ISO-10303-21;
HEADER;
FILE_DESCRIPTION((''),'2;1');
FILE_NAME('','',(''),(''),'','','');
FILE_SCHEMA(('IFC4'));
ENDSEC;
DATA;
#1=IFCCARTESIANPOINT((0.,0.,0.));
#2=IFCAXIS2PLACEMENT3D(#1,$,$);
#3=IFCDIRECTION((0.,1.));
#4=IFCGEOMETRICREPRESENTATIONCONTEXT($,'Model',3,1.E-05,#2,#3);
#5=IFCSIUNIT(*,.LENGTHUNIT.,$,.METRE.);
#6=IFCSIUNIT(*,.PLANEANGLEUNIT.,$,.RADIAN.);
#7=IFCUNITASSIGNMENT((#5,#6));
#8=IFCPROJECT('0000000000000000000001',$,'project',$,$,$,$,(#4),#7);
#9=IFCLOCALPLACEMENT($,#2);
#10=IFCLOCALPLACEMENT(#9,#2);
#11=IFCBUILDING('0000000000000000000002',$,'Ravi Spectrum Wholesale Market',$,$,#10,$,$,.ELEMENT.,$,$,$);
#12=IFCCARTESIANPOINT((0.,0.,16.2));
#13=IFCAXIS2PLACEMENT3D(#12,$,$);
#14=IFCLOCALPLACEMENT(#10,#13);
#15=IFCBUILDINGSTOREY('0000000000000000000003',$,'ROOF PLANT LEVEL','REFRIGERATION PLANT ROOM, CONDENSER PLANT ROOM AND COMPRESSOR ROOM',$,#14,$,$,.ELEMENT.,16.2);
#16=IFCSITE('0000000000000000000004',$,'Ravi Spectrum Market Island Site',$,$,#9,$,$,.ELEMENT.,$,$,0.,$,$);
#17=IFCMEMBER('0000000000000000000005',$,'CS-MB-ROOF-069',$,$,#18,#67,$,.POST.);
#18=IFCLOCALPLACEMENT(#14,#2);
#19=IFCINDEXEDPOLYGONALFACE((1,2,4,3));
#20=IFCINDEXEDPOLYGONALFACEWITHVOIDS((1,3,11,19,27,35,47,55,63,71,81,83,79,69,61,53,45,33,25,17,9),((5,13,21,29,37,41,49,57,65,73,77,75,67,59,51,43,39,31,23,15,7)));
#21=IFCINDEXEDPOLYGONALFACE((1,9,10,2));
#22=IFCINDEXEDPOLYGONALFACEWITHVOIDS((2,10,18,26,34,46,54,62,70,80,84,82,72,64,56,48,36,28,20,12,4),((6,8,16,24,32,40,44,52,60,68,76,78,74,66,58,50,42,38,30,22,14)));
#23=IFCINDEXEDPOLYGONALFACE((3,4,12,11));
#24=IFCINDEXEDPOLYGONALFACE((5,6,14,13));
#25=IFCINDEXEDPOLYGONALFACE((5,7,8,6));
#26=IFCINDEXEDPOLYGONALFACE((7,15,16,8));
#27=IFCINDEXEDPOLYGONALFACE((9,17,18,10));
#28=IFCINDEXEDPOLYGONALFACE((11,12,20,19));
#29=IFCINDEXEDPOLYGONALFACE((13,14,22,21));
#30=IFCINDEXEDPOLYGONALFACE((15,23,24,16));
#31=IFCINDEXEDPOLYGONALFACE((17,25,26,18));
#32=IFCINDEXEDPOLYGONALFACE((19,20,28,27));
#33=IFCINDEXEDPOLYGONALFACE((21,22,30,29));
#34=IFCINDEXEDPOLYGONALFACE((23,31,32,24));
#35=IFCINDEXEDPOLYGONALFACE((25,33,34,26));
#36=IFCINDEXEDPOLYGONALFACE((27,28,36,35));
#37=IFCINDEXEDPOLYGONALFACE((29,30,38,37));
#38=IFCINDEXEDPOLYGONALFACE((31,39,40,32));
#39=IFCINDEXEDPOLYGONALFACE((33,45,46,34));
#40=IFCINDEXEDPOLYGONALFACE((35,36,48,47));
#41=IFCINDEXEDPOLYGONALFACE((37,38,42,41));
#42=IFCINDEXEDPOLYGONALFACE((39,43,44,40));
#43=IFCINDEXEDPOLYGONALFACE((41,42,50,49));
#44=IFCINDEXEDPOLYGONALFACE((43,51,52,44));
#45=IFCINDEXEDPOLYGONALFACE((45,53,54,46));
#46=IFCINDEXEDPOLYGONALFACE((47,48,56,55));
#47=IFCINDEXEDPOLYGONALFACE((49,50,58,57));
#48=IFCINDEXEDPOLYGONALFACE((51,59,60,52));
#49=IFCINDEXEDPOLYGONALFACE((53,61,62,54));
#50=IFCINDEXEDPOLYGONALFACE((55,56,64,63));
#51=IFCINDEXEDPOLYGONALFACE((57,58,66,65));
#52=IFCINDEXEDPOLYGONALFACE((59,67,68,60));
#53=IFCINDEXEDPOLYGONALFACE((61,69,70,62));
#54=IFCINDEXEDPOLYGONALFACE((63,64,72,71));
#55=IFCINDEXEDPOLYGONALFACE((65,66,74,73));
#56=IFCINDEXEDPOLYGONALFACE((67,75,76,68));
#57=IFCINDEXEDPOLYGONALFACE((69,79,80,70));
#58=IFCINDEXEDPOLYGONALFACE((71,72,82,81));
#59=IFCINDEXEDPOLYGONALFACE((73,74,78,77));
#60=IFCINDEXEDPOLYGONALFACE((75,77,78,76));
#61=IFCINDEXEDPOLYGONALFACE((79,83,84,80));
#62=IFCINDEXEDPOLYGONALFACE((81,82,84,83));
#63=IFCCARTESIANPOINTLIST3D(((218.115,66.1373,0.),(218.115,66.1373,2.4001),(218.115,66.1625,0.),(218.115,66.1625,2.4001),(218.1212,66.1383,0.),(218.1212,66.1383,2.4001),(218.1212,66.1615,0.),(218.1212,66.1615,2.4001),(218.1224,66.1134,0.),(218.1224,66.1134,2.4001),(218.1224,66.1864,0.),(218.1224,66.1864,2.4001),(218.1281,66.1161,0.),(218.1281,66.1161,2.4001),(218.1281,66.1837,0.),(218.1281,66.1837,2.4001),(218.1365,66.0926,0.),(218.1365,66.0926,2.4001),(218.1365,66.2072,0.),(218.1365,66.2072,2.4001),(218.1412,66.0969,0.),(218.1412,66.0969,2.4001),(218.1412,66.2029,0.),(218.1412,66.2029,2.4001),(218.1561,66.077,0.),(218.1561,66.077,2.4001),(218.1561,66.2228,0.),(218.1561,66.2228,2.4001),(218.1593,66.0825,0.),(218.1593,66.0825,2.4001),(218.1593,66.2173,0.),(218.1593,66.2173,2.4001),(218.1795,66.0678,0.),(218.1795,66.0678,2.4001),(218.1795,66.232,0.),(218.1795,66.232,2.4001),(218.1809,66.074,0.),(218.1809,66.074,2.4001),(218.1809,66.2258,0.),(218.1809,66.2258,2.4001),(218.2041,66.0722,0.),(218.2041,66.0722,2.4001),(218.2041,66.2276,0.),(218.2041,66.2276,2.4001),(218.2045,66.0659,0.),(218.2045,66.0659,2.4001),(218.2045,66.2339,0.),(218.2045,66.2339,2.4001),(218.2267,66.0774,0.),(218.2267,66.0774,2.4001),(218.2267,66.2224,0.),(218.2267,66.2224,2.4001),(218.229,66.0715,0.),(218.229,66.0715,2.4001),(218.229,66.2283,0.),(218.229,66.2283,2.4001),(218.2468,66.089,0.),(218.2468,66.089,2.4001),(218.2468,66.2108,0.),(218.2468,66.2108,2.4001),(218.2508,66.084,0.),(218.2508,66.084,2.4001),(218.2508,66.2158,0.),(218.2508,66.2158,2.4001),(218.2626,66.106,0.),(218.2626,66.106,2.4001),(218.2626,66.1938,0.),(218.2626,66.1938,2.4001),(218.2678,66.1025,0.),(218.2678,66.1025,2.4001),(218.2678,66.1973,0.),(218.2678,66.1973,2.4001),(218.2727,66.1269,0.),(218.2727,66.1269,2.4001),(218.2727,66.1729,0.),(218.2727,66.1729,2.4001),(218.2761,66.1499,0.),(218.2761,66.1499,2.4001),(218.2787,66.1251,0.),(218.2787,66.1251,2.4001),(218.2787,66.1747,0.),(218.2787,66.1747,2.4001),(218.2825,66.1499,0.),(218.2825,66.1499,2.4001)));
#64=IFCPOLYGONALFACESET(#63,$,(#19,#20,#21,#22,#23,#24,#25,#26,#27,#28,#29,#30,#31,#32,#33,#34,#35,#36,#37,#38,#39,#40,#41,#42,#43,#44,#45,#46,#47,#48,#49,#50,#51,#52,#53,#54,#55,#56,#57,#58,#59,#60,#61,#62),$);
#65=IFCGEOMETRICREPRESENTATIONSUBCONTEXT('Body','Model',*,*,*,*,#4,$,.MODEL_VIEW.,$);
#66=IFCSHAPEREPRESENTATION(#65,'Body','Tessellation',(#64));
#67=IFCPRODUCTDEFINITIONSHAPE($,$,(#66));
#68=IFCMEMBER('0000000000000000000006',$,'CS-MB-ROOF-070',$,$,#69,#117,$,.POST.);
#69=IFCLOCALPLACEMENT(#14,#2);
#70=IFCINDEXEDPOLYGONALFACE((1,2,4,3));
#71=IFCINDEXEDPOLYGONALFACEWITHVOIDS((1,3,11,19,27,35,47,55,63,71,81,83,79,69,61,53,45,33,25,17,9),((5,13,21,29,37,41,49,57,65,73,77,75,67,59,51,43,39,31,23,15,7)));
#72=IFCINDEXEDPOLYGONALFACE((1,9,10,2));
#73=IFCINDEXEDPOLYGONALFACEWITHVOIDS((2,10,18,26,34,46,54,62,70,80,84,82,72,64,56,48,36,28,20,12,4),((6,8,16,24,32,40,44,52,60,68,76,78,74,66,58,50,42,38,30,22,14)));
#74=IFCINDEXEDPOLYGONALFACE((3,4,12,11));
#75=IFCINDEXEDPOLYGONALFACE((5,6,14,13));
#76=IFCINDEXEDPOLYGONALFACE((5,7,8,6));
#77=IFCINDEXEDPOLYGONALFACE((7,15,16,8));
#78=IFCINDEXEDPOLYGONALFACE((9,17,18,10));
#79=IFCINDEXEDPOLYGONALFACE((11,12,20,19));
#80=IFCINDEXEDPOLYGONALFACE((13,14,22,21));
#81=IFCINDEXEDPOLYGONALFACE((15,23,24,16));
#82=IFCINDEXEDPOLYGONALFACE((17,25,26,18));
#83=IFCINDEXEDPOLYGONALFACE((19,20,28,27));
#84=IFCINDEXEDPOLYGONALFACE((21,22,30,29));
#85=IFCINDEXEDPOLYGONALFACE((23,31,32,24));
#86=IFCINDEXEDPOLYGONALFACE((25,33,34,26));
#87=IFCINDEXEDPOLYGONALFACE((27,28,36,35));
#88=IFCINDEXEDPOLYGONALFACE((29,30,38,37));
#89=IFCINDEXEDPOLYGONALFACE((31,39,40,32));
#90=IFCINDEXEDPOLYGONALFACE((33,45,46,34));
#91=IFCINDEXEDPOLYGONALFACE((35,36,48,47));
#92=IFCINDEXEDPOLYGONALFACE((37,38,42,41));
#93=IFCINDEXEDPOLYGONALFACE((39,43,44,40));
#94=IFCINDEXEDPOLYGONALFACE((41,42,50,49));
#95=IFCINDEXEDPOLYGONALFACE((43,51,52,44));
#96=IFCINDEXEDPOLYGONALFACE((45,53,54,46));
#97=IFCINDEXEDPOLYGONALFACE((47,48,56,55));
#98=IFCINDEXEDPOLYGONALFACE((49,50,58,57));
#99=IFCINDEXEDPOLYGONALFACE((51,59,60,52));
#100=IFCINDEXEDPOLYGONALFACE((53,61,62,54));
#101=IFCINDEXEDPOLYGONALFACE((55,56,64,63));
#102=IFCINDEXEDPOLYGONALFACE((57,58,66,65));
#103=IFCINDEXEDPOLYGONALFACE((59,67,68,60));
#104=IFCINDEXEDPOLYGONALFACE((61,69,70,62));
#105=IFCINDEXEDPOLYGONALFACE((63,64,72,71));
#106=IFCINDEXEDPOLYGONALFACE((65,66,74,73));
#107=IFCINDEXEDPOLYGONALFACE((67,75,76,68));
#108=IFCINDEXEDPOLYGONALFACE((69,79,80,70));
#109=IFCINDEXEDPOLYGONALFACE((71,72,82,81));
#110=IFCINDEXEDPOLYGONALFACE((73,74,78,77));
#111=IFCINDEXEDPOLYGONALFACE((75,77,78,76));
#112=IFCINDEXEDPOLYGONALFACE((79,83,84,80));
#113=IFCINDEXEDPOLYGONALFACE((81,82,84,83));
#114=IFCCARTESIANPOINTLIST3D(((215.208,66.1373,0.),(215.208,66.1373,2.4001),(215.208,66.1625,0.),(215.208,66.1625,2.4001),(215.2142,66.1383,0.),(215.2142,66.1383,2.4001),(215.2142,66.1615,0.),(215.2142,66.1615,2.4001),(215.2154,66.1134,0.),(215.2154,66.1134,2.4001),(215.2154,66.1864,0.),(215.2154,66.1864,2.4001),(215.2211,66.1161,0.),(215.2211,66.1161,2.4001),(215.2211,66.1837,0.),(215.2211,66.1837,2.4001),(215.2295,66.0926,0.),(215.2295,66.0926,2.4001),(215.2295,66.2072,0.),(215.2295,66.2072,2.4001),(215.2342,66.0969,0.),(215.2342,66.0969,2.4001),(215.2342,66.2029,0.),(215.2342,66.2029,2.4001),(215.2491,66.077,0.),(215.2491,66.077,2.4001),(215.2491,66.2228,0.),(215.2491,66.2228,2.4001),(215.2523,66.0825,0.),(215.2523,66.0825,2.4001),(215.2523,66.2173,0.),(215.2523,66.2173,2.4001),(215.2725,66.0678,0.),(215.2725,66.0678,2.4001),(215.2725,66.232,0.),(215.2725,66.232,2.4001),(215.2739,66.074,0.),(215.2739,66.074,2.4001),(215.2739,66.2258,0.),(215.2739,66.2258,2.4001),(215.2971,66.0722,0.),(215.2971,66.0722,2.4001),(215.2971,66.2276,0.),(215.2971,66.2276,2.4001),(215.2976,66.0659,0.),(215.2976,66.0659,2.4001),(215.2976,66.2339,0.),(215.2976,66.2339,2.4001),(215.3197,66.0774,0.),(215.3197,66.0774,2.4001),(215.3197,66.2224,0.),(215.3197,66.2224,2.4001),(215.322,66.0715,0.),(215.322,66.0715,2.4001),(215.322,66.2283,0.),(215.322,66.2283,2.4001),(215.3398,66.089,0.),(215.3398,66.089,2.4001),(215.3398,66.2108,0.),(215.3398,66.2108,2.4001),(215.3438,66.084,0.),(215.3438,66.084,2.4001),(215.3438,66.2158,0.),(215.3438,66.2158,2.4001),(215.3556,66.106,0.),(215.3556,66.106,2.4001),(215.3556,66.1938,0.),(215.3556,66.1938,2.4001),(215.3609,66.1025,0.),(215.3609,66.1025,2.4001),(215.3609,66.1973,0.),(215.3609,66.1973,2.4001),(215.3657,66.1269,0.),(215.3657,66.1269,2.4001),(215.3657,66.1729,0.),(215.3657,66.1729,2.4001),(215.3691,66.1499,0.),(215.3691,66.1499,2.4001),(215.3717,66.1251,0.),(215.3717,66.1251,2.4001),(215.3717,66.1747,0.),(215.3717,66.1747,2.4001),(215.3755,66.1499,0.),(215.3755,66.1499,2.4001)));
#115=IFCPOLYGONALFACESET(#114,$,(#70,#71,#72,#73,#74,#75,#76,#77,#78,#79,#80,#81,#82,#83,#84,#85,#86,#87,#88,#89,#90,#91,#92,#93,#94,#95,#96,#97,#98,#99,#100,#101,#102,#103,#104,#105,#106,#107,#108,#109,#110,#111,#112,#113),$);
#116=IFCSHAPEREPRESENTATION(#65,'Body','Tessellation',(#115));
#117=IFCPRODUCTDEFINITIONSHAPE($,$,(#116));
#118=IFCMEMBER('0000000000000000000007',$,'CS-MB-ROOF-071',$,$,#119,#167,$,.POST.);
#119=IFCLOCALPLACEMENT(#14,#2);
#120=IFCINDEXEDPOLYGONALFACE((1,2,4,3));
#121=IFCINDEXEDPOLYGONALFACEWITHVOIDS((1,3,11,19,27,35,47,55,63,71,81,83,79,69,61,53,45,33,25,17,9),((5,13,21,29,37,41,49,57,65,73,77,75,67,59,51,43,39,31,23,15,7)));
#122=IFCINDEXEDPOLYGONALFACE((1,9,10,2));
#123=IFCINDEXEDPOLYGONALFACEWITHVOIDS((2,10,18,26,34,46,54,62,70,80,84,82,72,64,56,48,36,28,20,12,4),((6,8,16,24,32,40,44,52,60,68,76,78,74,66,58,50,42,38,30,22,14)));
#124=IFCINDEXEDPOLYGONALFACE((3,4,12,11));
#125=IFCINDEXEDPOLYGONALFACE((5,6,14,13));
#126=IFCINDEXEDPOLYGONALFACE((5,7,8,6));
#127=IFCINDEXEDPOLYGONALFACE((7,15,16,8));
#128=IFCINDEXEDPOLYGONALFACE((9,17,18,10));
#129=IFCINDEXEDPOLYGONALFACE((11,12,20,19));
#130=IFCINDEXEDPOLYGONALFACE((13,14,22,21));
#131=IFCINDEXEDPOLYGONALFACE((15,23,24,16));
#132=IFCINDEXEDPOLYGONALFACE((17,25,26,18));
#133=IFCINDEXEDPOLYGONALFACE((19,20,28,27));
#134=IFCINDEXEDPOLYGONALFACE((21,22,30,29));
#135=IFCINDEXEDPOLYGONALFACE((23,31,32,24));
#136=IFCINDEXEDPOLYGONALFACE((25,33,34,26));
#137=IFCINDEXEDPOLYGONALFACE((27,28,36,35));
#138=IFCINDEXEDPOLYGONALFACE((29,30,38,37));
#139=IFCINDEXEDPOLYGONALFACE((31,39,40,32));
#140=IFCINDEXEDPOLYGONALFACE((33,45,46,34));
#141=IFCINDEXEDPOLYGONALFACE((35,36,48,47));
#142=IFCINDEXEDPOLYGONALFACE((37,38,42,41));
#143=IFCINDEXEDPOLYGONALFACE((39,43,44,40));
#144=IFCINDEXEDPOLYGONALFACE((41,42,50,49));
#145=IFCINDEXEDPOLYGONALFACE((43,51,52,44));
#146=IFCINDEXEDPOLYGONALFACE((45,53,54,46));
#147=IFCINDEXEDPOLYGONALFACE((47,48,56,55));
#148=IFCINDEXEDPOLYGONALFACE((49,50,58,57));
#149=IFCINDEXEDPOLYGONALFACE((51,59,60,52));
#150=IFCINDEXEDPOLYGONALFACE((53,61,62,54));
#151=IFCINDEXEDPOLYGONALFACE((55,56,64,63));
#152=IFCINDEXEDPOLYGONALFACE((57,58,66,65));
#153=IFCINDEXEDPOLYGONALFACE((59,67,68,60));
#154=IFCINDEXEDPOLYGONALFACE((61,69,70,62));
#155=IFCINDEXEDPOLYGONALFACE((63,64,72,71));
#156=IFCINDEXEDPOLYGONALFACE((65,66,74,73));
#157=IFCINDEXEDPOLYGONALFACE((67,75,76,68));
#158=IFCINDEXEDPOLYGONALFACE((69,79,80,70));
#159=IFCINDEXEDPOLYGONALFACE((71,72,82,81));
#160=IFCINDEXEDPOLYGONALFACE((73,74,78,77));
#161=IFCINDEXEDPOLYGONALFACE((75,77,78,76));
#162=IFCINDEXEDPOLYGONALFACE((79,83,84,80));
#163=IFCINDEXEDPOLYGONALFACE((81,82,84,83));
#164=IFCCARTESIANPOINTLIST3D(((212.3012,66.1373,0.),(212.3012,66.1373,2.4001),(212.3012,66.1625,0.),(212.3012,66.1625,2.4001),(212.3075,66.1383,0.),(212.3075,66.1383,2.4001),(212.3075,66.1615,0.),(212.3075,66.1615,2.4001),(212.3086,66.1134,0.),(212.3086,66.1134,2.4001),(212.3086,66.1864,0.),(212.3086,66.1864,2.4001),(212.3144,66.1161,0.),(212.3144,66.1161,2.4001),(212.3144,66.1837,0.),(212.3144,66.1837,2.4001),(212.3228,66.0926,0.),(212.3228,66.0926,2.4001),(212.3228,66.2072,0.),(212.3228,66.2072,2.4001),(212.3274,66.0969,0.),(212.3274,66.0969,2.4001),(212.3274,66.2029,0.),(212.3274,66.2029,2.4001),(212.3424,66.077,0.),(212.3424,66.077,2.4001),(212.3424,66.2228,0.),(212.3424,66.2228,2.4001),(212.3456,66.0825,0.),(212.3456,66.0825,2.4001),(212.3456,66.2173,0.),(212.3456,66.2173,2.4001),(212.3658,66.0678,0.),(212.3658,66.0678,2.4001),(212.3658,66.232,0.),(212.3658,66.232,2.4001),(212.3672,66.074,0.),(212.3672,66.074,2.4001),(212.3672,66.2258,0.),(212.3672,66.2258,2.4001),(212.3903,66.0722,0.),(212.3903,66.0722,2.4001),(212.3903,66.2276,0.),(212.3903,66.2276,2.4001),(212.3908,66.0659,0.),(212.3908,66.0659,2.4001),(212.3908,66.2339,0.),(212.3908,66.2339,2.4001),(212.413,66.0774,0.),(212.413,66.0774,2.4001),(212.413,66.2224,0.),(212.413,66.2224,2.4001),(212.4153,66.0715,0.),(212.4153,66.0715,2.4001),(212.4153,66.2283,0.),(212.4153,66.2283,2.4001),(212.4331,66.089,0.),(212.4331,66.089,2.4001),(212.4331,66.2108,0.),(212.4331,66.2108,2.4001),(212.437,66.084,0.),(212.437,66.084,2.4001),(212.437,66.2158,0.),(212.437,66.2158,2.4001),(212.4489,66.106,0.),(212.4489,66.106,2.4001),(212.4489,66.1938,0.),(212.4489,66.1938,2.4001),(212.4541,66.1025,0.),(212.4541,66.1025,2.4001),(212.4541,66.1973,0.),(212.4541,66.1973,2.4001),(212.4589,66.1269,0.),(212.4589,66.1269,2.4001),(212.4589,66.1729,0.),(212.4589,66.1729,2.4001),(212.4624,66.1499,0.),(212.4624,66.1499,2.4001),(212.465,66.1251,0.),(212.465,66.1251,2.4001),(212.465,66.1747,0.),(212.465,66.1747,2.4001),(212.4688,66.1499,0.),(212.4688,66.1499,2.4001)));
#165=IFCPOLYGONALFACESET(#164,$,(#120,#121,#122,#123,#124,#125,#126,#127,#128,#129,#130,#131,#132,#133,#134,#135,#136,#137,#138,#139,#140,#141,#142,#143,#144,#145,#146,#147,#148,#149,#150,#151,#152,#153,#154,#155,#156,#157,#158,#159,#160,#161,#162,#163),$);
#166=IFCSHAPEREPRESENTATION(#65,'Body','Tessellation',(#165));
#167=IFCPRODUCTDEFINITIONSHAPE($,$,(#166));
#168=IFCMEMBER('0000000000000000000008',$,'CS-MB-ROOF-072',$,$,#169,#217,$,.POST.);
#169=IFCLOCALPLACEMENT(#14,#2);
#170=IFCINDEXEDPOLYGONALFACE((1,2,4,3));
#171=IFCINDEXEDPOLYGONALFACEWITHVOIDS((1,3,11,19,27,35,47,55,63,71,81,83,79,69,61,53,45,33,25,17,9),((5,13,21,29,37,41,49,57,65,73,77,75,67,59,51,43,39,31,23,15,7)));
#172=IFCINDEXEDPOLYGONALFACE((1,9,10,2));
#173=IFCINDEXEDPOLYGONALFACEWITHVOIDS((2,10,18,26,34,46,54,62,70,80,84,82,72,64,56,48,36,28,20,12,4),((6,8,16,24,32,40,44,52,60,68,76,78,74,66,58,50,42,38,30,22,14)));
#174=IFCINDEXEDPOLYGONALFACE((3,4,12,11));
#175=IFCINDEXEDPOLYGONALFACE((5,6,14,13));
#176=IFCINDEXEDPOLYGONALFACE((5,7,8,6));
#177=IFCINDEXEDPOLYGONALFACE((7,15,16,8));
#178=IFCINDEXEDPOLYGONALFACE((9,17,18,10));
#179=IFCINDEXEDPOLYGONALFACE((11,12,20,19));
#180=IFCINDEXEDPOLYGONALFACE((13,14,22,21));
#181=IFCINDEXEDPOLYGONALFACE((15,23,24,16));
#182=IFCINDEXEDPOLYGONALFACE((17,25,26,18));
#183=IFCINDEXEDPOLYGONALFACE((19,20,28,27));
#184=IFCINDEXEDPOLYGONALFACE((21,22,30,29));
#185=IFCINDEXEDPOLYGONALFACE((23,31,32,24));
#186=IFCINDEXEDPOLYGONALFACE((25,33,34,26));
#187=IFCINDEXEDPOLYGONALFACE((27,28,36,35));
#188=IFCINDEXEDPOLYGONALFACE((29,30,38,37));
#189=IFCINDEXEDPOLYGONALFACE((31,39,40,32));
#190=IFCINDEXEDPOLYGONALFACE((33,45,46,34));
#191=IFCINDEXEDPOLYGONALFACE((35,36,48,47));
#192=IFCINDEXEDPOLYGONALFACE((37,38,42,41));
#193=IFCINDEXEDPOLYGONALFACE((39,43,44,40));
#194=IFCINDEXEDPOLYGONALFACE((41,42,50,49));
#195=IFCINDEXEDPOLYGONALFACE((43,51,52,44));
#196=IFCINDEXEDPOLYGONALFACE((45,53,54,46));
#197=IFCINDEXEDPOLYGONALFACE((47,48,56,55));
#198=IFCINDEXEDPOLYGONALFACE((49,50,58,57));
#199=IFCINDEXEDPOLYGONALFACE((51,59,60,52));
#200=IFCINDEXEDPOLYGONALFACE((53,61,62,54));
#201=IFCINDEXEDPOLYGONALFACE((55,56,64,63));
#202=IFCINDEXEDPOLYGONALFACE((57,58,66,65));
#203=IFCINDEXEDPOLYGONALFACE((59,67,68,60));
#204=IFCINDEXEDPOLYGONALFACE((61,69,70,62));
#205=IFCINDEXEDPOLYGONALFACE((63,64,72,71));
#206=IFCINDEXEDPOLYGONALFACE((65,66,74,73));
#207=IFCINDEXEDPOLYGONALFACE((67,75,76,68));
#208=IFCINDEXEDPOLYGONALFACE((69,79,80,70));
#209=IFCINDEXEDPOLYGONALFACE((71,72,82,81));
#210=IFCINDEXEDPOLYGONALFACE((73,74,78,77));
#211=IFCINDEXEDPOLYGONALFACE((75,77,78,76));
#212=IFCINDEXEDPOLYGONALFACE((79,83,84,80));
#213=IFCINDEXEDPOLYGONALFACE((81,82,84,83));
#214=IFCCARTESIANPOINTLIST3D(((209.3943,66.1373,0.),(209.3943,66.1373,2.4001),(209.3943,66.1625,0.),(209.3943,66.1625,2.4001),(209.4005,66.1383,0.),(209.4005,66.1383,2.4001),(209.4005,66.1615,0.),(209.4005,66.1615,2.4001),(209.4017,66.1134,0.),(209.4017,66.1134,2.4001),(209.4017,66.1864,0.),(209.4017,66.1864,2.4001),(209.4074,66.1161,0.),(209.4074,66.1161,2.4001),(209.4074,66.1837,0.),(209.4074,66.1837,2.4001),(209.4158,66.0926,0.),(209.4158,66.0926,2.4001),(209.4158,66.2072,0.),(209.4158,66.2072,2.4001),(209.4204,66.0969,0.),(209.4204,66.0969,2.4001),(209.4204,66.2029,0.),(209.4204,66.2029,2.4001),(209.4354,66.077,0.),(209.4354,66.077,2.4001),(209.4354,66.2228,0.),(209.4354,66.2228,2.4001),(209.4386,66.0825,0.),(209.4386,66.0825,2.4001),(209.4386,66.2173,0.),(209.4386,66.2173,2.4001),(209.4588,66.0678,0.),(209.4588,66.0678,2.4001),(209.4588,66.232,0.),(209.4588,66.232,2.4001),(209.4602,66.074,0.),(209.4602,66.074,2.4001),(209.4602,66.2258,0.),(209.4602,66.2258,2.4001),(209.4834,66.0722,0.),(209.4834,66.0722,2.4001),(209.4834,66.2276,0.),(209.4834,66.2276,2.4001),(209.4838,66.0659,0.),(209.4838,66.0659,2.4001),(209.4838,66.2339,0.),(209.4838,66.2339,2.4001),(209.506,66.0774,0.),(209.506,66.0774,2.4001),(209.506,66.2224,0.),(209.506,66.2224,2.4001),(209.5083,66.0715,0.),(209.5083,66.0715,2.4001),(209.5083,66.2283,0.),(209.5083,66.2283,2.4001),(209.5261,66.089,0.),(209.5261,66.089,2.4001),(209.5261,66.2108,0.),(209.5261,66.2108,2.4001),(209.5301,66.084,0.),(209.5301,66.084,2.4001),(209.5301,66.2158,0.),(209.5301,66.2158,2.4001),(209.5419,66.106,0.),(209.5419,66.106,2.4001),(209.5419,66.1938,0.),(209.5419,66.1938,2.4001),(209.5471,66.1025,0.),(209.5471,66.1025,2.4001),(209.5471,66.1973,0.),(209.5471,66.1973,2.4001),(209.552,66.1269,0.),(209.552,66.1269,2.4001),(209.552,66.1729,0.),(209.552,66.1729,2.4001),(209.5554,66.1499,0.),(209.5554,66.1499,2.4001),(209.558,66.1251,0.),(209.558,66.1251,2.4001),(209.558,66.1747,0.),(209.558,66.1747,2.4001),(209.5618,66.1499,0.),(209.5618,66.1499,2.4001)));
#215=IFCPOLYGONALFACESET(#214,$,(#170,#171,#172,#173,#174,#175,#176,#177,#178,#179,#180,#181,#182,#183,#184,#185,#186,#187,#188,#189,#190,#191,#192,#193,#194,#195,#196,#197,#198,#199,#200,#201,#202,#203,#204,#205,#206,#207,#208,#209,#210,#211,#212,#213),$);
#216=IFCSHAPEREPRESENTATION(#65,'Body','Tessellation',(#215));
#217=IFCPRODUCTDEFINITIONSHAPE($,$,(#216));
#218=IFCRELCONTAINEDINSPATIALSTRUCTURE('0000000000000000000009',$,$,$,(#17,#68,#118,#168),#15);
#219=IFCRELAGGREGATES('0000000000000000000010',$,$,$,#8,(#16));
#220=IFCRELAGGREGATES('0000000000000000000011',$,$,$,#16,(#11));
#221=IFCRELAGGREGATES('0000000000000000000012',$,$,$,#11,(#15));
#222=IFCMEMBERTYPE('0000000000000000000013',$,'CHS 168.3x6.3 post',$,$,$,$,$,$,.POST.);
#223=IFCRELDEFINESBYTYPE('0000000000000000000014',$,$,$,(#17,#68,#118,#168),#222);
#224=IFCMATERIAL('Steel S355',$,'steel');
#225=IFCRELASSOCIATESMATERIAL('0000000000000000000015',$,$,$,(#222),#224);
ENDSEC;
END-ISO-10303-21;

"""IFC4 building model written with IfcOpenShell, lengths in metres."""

from ifc_helpers import new_model, si_unit, direction, frame, origin, origin_2d, place, context, subcontext, project, spatial, hollow_circle, extrude, material, material_profile, profile_set, type_object, element, save


model = new_model("IFC4")

# Units and contexts
model_context = context("Model", 3, precision=1e-05, world=origin(), true_north=direction((0.0, 1.0)))
body_context = subcontext(model_context, "Body", "Model", "MODEL_VIEW")
ifc_project = project(units=[si_unit("LENGTHUNIT", "METRE"), si_unit("PLANEANGLEUNIT", "RADIAN")], contexts=[model_context])

# Site, building, storey
site_placement = place(None, origin())
site = spatial("IfcSite", under=ifc_project, at=site_placement, Name="Ravi Spectrum Market Island Site", CompositionType="ELEMENT", RefElevation=0.0)
building_placement = place(site_placement, origin())
building = spatial("IfcBuilding", under=site, at=building_placement, Name="Ravi Spectrum Wholesale Market", CompositionType="ELEMENT")
storey_placement = place(building_placement, frame((0.0, 0.0, 16.2)))
storey = spatial("IfcBuildingStorey", under=building, at=storey_placement, Name="ROOF PLANT LEVEL", Description="REFRIGERATION PLANT ROOM, CONDENSER PLANT ROOM AND COMPRESSOR ROOM", CompositionType="ELEMENT", Elevation=16.2)

# Members
ifc_material_1 = material(Name="Steel S355", Category="steel")
ifc_material_profile_1 = material_profile(ifc_material_1, hollow_circle(Radius=0.0842, WallThickness=0.0063, at=origin_2d()))
ifc_profile_set_1 = profile_set([ifc_material_profile_1], Name="Steel S355")
member_type_1 = type_object("IfcMemberType", Name="CHS 168.3x6.3 post", PredefinedType="POST", material=ifc_profile_set_1)
for number, where, z_axis, x_axis, name in (
    (1, (218.1982, 66.1499, 0.0), (0.0, 0.0, 1.0), (1.0, 0.0, 0.0), "CS-MB-ROOF-069"),
    (2, (215.2913, 66.1499, 0.0), (0.0, 0.0, 1.0), (1.0, 0.0, 0.0), "CS-MB-ROOF-070"),
    (3, (212.3845, 66.1499, 0.0), (0.0, 0.0, 1.0), (1.0, 0.0, 0.0), "CS-MB-ROOF-071"),
    (4, (209.4775, 66.1499, 0.0), (0.0, 0.0, 1.0), (1.0, 0.0, 0.0), "CS-MB-ROOF-072"),
):
    element("IfcMember", number, at=place(storey_placement, frame(where, z_axis=z_axis, x_axis=x_axis)), inside=storey, type_object=member_type_1, Name=name, PredefinedType="POST", context=body_context, shape_type="SweptSolid", body=[
        extrude(hollow_circle(Radius=0.0842, WallThickness=0.0063, at=origin_2d()), origin(), (0.0, 0.0, 1.0), 2.4001),
    ])

save(model, "model.ifc")
